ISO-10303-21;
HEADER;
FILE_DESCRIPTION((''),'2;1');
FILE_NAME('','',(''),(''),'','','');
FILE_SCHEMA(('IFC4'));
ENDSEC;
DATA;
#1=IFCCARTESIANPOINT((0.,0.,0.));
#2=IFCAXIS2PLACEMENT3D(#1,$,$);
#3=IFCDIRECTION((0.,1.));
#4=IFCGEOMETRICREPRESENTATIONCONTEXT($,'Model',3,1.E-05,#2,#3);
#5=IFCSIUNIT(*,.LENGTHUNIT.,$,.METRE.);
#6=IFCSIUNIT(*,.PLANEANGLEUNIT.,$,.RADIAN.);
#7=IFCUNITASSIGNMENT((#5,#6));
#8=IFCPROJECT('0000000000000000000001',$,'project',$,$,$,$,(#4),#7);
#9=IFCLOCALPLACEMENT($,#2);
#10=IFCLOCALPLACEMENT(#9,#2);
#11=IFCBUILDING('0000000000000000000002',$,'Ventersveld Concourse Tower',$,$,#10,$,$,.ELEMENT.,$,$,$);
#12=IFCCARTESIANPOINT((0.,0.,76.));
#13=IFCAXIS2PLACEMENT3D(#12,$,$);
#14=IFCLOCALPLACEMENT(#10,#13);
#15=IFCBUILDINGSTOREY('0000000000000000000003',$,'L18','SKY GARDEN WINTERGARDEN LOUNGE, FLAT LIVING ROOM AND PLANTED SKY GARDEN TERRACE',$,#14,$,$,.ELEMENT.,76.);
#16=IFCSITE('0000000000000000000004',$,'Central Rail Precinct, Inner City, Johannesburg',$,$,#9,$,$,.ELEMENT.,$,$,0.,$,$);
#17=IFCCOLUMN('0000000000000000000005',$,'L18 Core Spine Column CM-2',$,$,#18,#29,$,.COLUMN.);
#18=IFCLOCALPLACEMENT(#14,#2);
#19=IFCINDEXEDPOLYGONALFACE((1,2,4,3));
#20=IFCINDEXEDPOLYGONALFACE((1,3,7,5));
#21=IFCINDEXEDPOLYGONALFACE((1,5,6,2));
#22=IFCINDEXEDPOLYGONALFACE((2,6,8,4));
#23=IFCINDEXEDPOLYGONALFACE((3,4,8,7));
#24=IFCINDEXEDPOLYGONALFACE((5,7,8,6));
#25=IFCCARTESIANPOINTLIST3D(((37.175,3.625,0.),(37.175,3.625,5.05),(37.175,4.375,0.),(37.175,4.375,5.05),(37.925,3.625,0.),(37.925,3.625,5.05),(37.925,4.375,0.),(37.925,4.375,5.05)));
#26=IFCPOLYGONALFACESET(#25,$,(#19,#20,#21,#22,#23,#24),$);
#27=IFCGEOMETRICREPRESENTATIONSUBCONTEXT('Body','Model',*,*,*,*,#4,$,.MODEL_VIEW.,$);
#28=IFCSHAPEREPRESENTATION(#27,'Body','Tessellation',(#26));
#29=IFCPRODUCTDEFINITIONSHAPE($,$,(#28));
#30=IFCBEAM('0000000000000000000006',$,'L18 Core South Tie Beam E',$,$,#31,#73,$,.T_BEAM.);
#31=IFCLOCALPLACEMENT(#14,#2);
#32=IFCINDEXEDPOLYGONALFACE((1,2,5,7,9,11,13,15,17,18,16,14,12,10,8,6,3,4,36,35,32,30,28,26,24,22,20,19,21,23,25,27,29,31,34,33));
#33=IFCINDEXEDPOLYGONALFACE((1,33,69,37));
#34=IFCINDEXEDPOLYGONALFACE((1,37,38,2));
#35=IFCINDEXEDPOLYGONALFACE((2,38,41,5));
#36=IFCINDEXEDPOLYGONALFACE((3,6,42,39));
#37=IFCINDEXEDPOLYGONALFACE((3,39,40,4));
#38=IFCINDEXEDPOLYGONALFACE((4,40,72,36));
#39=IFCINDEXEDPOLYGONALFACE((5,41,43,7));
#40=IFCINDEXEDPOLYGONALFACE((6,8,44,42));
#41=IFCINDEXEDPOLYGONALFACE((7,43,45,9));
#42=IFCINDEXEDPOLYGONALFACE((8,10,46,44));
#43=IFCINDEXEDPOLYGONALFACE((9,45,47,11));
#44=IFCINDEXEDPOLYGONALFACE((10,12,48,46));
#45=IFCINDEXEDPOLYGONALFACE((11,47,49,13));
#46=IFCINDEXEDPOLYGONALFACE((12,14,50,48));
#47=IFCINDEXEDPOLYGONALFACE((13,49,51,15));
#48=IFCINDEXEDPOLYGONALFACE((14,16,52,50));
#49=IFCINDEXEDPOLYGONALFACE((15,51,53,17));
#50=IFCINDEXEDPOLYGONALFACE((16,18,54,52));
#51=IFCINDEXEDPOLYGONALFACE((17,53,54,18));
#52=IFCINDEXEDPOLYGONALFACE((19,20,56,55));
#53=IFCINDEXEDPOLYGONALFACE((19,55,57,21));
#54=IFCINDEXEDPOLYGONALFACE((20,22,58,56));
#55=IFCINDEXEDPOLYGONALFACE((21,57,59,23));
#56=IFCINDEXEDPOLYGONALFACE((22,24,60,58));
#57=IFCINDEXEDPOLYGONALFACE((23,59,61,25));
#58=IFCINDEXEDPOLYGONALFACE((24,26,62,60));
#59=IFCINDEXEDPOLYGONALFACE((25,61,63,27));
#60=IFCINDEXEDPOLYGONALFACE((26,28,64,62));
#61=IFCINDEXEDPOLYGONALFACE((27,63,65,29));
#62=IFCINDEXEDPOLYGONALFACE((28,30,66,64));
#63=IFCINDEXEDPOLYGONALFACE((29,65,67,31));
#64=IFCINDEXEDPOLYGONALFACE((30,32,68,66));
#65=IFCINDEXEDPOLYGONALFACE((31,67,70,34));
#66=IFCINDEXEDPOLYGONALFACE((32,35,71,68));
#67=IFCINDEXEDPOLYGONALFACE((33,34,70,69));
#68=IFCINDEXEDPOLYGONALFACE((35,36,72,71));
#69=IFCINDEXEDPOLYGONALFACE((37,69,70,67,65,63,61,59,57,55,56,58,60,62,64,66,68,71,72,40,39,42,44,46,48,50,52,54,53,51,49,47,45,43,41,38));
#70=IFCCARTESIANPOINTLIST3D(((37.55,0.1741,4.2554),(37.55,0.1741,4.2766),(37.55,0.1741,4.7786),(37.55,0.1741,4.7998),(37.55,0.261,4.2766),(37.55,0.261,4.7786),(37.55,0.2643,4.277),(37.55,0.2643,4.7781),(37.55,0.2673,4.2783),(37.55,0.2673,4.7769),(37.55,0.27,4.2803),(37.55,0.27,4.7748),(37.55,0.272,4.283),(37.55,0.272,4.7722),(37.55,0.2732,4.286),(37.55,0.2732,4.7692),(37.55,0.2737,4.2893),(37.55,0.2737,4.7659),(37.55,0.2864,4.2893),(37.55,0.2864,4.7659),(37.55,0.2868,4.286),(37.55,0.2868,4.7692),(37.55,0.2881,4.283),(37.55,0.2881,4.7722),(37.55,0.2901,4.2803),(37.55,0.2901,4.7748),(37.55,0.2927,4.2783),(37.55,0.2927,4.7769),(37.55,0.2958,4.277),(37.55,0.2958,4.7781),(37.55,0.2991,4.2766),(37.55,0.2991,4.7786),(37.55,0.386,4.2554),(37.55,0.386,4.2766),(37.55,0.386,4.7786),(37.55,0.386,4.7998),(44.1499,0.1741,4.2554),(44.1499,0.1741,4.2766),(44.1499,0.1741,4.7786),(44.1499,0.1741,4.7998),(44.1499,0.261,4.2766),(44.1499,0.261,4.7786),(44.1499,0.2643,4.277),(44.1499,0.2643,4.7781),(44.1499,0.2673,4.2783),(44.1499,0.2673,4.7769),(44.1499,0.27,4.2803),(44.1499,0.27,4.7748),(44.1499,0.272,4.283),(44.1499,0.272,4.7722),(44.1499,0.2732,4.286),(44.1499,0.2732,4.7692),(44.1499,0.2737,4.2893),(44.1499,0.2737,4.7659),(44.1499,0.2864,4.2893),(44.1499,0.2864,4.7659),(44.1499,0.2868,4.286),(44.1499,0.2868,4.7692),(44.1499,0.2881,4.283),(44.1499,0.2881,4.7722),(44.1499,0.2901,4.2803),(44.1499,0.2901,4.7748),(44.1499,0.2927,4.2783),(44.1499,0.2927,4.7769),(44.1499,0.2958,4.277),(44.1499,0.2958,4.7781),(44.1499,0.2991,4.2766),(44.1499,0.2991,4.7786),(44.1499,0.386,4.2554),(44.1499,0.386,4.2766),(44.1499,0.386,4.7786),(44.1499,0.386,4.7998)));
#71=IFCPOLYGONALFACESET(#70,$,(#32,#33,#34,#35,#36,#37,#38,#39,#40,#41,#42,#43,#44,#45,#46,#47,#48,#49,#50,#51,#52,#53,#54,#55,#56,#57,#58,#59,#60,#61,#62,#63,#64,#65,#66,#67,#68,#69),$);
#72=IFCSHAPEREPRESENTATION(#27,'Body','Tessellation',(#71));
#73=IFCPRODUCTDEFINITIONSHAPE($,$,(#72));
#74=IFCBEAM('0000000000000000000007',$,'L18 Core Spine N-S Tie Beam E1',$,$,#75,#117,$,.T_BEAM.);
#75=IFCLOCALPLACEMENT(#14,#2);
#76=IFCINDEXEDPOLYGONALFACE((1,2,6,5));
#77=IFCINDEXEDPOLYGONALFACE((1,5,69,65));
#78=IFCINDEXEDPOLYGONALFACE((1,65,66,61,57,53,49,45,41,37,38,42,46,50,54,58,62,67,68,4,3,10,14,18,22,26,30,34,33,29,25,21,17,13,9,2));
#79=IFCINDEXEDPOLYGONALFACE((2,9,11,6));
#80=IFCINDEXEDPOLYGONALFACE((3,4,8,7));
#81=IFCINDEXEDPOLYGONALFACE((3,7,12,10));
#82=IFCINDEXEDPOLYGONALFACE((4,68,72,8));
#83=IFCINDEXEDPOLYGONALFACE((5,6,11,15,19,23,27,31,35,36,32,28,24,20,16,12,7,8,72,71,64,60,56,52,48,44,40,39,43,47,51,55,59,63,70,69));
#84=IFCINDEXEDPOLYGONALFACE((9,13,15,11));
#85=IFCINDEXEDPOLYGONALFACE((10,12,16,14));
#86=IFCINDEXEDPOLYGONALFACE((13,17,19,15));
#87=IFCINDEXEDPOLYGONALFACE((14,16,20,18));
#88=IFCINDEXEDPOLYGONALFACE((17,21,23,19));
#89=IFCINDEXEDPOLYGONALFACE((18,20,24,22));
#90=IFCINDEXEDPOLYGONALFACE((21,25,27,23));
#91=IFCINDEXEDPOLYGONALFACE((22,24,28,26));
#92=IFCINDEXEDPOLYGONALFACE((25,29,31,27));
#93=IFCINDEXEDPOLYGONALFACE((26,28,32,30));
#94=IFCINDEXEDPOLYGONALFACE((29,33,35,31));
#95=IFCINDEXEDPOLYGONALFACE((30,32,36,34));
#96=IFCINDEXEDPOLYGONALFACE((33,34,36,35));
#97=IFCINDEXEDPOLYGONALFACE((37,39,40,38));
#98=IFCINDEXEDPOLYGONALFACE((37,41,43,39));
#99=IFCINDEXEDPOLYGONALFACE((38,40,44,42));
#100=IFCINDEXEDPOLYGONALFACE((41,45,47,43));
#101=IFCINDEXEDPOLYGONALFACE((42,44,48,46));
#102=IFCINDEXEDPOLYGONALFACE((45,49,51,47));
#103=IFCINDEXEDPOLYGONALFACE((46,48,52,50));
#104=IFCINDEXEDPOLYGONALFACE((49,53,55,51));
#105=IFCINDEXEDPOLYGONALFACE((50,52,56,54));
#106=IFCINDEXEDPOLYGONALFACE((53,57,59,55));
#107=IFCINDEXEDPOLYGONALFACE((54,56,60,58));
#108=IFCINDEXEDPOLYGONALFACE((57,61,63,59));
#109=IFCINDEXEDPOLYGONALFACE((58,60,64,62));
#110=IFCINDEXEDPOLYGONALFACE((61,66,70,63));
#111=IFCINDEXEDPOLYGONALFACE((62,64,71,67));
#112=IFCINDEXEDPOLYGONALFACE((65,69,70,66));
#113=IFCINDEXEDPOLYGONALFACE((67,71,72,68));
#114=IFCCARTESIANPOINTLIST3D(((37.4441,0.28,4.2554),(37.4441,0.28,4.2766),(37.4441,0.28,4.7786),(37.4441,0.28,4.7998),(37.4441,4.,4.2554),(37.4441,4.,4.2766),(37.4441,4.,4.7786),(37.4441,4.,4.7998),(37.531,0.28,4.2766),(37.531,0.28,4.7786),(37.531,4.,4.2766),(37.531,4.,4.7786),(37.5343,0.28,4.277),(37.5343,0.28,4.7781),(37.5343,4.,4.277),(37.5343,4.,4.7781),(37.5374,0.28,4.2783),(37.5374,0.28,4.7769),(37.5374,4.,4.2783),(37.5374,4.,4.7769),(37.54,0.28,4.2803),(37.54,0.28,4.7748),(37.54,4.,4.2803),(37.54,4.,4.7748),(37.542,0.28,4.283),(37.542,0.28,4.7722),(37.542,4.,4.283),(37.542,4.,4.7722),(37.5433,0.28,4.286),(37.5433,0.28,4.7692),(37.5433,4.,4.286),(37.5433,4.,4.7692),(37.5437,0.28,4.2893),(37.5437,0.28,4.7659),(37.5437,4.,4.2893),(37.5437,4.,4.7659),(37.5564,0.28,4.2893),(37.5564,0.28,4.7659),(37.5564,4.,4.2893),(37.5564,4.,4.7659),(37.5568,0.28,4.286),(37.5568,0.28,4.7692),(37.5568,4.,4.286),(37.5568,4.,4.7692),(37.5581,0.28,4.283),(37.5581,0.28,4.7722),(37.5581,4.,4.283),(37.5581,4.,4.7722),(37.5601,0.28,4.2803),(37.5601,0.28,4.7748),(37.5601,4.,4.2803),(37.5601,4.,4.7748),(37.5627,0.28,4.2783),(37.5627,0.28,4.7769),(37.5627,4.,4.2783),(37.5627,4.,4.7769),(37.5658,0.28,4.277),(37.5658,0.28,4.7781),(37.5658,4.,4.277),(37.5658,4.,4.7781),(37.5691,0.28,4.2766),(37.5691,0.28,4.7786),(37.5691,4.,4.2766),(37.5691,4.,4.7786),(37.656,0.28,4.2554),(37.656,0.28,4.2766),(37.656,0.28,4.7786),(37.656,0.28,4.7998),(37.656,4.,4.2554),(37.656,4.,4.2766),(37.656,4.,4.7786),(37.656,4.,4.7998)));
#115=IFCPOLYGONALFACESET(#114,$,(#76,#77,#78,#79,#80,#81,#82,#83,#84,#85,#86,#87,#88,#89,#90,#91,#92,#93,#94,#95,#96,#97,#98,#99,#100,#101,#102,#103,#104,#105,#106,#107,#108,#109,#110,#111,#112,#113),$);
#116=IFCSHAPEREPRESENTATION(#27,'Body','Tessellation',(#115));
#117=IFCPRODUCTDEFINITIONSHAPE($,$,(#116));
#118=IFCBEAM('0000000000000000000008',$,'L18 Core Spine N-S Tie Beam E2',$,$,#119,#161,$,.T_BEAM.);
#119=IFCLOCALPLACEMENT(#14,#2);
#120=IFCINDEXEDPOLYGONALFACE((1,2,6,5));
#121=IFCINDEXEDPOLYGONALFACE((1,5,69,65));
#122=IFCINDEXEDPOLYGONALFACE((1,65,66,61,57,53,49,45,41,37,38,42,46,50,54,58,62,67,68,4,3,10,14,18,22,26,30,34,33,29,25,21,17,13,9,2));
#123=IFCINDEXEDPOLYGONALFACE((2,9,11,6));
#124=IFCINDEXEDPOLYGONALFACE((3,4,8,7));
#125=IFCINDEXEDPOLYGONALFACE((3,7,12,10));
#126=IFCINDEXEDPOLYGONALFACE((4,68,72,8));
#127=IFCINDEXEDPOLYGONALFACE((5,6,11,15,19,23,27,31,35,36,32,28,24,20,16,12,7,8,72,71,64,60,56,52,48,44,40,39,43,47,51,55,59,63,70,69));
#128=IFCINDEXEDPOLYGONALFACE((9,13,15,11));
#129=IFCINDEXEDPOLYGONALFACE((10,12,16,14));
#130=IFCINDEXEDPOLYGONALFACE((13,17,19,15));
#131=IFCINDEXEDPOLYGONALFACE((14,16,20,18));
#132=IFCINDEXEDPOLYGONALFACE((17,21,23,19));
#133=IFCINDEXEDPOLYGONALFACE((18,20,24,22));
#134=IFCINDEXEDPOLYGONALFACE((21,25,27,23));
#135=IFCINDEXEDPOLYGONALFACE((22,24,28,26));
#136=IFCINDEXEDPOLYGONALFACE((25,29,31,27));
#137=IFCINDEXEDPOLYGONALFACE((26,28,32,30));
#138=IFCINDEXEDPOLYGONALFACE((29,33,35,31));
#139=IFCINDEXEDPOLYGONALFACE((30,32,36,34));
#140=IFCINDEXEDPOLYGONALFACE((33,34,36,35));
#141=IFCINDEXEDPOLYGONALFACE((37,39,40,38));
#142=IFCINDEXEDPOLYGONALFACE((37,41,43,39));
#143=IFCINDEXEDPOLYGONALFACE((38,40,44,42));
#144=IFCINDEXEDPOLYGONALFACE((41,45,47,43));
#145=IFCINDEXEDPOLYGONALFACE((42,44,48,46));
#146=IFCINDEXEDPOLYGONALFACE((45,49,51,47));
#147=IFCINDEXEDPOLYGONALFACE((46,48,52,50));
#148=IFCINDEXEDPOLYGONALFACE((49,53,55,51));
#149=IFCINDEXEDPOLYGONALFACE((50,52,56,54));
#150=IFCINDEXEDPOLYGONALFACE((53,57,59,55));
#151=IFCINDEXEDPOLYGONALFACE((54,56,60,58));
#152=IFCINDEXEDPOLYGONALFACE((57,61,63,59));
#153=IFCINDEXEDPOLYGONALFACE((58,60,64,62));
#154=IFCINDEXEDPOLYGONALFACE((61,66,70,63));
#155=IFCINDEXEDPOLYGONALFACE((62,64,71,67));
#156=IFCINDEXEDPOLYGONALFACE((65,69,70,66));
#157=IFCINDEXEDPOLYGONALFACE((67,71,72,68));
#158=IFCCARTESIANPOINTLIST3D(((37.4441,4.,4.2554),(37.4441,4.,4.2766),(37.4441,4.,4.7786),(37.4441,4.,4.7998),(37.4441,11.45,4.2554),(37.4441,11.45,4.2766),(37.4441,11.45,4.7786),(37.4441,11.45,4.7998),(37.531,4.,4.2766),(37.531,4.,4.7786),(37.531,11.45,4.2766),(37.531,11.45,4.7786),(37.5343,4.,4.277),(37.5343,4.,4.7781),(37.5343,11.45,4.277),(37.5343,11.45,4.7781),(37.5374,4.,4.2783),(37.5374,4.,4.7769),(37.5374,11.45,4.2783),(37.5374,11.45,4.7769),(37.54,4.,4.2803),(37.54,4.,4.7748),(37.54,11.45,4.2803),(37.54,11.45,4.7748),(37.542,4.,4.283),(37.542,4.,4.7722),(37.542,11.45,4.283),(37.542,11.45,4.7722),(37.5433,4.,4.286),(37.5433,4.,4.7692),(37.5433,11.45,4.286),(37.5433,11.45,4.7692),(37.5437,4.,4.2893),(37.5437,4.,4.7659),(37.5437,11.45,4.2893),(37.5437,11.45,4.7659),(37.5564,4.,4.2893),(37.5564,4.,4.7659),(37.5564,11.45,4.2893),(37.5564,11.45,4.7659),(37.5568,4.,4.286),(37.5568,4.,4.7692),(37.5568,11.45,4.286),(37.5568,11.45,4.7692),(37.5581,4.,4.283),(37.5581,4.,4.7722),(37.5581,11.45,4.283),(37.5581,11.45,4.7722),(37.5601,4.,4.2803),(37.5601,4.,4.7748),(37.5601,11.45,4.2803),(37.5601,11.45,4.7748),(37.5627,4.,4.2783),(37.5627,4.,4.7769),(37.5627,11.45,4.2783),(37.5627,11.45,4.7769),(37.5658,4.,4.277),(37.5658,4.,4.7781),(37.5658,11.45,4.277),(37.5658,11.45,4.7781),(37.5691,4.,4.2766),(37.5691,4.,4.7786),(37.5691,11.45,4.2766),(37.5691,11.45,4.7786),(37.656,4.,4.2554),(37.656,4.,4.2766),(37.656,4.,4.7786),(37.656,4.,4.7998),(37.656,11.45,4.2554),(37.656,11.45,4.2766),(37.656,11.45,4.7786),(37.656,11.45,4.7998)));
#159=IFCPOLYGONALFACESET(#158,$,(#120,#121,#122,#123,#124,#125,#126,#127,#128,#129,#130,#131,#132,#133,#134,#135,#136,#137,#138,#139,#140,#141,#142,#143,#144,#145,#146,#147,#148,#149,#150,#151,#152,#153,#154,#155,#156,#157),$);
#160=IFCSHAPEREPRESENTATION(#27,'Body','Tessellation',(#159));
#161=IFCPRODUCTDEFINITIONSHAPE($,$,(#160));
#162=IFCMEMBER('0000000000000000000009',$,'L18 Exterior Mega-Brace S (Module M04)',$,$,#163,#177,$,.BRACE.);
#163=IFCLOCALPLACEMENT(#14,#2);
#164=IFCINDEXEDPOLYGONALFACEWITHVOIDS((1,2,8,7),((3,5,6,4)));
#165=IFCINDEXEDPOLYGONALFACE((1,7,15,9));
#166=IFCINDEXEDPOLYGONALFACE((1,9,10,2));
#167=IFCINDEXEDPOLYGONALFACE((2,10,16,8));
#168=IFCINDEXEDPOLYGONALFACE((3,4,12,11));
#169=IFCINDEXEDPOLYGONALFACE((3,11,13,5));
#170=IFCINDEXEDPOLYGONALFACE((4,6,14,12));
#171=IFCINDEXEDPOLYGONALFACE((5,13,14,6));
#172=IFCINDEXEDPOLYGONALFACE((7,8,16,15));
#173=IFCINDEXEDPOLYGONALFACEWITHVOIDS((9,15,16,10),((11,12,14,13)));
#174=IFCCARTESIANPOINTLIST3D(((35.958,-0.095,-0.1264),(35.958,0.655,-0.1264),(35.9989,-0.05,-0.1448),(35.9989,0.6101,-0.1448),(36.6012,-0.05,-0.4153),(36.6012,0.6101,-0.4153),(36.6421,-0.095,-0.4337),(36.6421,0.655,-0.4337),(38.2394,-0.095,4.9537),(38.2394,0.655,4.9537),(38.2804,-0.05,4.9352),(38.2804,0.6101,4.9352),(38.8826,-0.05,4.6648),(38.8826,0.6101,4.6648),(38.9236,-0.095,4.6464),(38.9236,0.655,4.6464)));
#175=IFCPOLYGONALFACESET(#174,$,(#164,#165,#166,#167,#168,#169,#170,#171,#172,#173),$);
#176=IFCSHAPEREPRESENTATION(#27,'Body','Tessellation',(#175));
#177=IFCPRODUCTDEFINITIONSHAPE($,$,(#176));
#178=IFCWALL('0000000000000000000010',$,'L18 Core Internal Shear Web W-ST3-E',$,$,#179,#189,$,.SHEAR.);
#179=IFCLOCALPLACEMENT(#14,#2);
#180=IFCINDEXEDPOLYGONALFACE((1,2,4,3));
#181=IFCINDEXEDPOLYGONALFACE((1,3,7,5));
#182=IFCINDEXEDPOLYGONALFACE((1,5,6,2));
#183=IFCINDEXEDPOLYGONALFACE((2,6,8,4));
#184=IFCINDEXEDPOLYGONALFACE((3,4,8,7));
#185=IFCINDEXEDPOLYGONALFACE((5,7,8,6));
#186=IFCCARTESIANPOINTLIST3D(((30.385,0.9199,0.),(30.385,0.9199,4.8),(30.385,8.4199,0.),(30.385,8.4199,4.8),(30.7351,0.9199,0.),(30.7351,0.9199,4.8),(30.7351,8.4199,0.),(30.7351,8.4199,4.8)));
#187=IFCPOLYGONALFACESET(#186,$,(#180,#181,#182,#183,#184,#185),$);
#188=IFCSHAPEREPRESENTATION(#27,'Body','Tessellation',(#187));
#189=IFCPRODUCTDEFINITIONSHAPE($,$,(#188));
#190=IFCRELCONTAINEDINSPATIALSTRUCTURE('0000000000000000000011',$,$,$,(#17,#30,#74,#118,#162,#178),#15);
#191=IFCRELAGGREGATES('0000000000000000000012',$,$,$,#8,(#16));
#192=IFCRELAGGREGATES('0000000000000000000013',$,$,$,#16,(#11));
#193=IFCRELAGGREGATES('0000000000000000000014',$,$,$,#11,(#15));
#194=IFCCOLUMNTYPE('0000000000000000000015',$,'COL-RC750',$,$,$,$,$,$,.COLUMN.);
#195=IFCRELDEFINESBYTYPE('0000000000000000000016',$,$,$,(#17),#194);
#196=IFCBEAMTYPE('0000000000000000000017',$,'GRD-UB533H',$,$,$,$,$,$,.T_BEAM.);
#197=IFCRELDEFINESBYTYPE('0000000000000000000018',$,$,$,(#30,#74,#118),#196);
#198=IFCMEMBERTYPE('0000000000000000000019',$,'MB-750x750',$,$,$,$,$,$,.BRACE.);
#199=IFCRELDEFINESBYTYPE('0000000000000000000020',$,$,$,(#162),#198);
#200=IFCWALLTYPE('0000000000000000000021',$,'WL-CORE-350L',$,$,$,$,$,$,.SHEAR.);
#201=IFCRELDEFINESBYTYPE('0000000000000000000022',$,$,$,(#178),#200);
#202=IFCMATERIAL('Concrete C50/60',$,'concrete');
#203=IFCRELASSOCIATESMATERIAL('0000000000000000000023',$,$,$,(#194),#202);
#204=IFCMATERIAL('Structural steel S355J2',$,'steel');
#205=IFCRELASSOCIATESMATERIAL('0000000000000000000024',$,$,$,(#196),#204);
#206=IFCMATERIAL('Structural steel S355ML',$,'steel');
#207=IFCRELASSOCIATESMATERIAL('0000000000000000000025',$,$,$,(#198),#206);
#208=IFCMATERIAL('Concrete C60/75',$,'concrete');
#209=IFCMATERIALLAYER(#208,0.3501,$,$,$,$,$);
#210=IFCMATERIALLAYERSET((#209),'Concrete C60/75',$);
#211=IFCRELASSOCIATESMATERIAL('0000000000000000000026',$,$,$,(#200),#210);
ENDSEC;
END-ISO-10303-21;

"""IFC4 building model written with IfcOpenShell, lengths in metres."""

from ifc_helpers import new_model, si_unit, direction, frame, frame_2d, origin, origin_2d, place, context, subcontext, project, spatial, rectangle, hollow_rectangle, i_section, extrude, material, layer, layer_set, material_profile, profile_set, type_object, element, save


model = new_model("IFC4")

# Units and contexts
model_context = context("Model", 3, precision=1e-05, world=origin(), true_north=direction((0.0, 1.0)))
body_context = subcontext(model_context, "Body", "Model", "MODEL_VIEW")
ifc_project = project(units=[si_unit("LENGTHUNIT", "METRE"), si_unit("PLANEANGLEUNIT", "RADIAN")], contexts=[model_context])

# Site, building, storey
site_placement = place(None, origin())
site = spatial("IfcSite", under=ifc_project, at=site_placement, Name="Central Rail Precinct, Inner City, Johannesburg", CompositionType="ELEMENT", RefElevation=0.0)
building_placement = place(site_placement, origin())
building = spatial("IfcBuilding", under=site, at=building_placement, Name="Ventersveld Concourse Tower", CompositionType="ELEMENT")
storey_placement = place(building_placement, frame((0.0, 0.0, 76.0)))
storey = spatial("IfcBuildingStorey", under=building, at=storey_placement, Name="L18", Description="SKY GARDEN WINTERGARDEN LOUNGE, FLAT LIVING ROOM AND PLANTED SKY GARDEN TERRACE", CompositionType="ELEMENT", Elevation=76.0)

# Column
ifc_material_1 = material(Name="Concrete C50/60", Category="concrete")
ifc_material_profile_1 = material_profile(ifc_material_1, rectangle(XDim=0.75, YDim=0.75, at=origin_2d()), Name="RC 750x750")
ifc_profile_set_1 = profile_set([ifc_material_profile_1], Name="Concrete C50/60")
column_type = type_object("IfcColumnType", Name="COL-RC750", PredefinedType="COLUMN", material=ifc_profile_set_1)
column_placement = place(storey_placement, frame((37.55, 4.0, 0.0), z_axis=(0.0, 0.0, 1.0), x_axis=(1.0, 0.0, 0.0)))
element("IfcColumn", 1, at=column_placement, inside=storey, type_object=column_type, Name="L18 Core Spine Column CM-2", PredefinedType="COLUMN", context=body_context, shape_type="SweptSolid", body=[
    extrude(rectangle(XDim=0.75, YDim=0.75, at=origin_2d()), origin(), (0.0, 0.0, 1.0), 5.05),
])

# Beams
ifc_material_2 = material(Name="Structural steel S355J2", Category="steel")
ifc_material_profile_2 = material_profile(ifc_material_2, i_section(OverallWidth=0.2119, OverallDepth=0.5444, WebThickness=0.0127, FlangeThickness=0.0212, FilletRadius=0.0127, at=origin_2d()), Name="UB 533x210x122")
ifc_profile_set_2 = profile_set([ifc_material_profile_2], Name="Structural steel S355J2")
beam_type = type_object("IfcBeamType", Name="GRD-UB533H", PredefinedType="T_BEAM", material=ifc_profile_set_2)
beam_1_placement = place(storey_placement, frame((37.55, 0.28, 4.5276), z_axis=(1.0, 0.0, 0.0), x_axis=(0.0, 1.0, 0.0)))
element("IfcBeam", 2, at=beam_1_placement, inside=storey, type_object=beam_type, Name="L18 Core South Tie Beam E", PredefinedType="T_BEAM", context=body_context, shape_type="SweptSolid", body=[
    extrude(i_section(OverallWidth=0.2119, OverallDepth=0.5444, WebThickness=0.0127, FlangeThickness=0.0212, FilletRadius=0.0127, at=origin_2d()), origin(), (0.0, 0.0, 1.0), 6.5999),
])
beam_2_placement = place(storey_placement, frame((37.55, 0.28, 4.5276), z_axis=(0.0, 1.0, 0.0), x_axis=(-1.0, 0.0, 0.0)))
element("IfcBeam", 3, at=beam_2_placement, inside=storey, type_object=beam_type, Name="L18 Core Spine N-S Tie Beam E1", PredefinedType="T_BEAM", context=body_context, shape_type="SweptSolid", body=[
    extrude(i_section(OverallWidth=0.2119, OverallDepth=0.5444, WebThickness=0.0127, FlangeThickness=0.0212, FilletRadius=0.0127, at=origin_2d()), origin(), (0.0, 0.0, 1.0), 3.72),
])
beam_3_placement = place(storey_placement, frame((37.55, 4.0, 4.5276), z_axis=(0.0, 1.0, 0.0), x_axis=(-1.0, 0.0, 0.0)))
element("IfcBeam", 4, at=beam_3_placement, inside=storey, type_object=beam_type, Name="L18 Core Spine N-S Tie Beam E2", PredefinedType="T_BEAM", context=body_context, shape_type="SweptSolid", body=[
    extrude(i_section(OverallWidth=0.2119, OverallDepth=0.5444, WebThickness=0.0127, FlangeThickness=0.0212, FilletRadius=0.0127, at=origin_2d()), origin(), (0.0, 0.0, 1.0), 7.45),
])

# Member
ifc_material_3 = material(Name="Structural steel S355ML", Category="steel")
ifc_material_profile_3 = material_profile(ifc_material_3, hollow_rectangle(XDim=0.75, YDim=0.75, WallThickness=0.0449, at=origin_2d()), Name="BOX 750x750x45")
ifc_profile_set_3 = profile_set([ifc_material_profile_3], Name="Structural steel S355ML")
member_type = type_object("IfcMemberType", Name="MB-750x750", PredefinedType="BRACE", material=ifc_profile_set_3)
member_placement = place(storey_placement, frame((36.3, 0.28, -0.28), z_axis=(0.409686, 0.0, 0.912226), x_axis=(0.0, 1.0, 0.0)))
element("IfcMember", 5, at=member_placement, inside=storey, type_object=member_type, Name="L18 Exterior Mega-Brace S (Module M04)", PredefinedType="BRACE", context=body_context, shape_type="SweptSolid", body=[
    extrude(hollow_rectangle(XDim=0.75, YDim=0.75, WallThickness=0.0449, at=origin_2d()), origin(), (0.0, 0.0, 1.0), 5.5688),
])

# Wall
ifc_material_4 = material(Name="Concrete C60/75", Category="concrete")
ifc_layer_1 = layer(ifc_material_4, 0.3501)
ifc_layer_set_1 = layer_set([ifc_layer_1], Name="Concrete C60/75")
wall_type_1 = type_object("IfcWallType", Name="WL-CORE-350L", PredefinedType="SHEAR", material=ifc_layer_set_1)
for number, where, z_axis, x_axis, name in (
    (6, (30.5601, 0.9199, 0.0), (0.0, 0.0, 1.0), (0.0, 1.0, 0.0), "L18 Core Internal Shear Web W-ST3-E"),
):
    element("IfcWall", number, at=place(storey_placement, frame(where, z_axis=z_axis, x_axis=x_axis)), inside=storey, type_object=wall_type_1, Name=name, PredefinedType="SHEAR", context=body_context, shape_type="SweptSolid", body=[
        extrude(rectangle(XDim=7.5, YDim=0.3501, at=frame_2d((3.75, 0.0))), origin(), (0.0, 0.0, 1.0), 4.8),
    ])

save(model, "model.ifc")
